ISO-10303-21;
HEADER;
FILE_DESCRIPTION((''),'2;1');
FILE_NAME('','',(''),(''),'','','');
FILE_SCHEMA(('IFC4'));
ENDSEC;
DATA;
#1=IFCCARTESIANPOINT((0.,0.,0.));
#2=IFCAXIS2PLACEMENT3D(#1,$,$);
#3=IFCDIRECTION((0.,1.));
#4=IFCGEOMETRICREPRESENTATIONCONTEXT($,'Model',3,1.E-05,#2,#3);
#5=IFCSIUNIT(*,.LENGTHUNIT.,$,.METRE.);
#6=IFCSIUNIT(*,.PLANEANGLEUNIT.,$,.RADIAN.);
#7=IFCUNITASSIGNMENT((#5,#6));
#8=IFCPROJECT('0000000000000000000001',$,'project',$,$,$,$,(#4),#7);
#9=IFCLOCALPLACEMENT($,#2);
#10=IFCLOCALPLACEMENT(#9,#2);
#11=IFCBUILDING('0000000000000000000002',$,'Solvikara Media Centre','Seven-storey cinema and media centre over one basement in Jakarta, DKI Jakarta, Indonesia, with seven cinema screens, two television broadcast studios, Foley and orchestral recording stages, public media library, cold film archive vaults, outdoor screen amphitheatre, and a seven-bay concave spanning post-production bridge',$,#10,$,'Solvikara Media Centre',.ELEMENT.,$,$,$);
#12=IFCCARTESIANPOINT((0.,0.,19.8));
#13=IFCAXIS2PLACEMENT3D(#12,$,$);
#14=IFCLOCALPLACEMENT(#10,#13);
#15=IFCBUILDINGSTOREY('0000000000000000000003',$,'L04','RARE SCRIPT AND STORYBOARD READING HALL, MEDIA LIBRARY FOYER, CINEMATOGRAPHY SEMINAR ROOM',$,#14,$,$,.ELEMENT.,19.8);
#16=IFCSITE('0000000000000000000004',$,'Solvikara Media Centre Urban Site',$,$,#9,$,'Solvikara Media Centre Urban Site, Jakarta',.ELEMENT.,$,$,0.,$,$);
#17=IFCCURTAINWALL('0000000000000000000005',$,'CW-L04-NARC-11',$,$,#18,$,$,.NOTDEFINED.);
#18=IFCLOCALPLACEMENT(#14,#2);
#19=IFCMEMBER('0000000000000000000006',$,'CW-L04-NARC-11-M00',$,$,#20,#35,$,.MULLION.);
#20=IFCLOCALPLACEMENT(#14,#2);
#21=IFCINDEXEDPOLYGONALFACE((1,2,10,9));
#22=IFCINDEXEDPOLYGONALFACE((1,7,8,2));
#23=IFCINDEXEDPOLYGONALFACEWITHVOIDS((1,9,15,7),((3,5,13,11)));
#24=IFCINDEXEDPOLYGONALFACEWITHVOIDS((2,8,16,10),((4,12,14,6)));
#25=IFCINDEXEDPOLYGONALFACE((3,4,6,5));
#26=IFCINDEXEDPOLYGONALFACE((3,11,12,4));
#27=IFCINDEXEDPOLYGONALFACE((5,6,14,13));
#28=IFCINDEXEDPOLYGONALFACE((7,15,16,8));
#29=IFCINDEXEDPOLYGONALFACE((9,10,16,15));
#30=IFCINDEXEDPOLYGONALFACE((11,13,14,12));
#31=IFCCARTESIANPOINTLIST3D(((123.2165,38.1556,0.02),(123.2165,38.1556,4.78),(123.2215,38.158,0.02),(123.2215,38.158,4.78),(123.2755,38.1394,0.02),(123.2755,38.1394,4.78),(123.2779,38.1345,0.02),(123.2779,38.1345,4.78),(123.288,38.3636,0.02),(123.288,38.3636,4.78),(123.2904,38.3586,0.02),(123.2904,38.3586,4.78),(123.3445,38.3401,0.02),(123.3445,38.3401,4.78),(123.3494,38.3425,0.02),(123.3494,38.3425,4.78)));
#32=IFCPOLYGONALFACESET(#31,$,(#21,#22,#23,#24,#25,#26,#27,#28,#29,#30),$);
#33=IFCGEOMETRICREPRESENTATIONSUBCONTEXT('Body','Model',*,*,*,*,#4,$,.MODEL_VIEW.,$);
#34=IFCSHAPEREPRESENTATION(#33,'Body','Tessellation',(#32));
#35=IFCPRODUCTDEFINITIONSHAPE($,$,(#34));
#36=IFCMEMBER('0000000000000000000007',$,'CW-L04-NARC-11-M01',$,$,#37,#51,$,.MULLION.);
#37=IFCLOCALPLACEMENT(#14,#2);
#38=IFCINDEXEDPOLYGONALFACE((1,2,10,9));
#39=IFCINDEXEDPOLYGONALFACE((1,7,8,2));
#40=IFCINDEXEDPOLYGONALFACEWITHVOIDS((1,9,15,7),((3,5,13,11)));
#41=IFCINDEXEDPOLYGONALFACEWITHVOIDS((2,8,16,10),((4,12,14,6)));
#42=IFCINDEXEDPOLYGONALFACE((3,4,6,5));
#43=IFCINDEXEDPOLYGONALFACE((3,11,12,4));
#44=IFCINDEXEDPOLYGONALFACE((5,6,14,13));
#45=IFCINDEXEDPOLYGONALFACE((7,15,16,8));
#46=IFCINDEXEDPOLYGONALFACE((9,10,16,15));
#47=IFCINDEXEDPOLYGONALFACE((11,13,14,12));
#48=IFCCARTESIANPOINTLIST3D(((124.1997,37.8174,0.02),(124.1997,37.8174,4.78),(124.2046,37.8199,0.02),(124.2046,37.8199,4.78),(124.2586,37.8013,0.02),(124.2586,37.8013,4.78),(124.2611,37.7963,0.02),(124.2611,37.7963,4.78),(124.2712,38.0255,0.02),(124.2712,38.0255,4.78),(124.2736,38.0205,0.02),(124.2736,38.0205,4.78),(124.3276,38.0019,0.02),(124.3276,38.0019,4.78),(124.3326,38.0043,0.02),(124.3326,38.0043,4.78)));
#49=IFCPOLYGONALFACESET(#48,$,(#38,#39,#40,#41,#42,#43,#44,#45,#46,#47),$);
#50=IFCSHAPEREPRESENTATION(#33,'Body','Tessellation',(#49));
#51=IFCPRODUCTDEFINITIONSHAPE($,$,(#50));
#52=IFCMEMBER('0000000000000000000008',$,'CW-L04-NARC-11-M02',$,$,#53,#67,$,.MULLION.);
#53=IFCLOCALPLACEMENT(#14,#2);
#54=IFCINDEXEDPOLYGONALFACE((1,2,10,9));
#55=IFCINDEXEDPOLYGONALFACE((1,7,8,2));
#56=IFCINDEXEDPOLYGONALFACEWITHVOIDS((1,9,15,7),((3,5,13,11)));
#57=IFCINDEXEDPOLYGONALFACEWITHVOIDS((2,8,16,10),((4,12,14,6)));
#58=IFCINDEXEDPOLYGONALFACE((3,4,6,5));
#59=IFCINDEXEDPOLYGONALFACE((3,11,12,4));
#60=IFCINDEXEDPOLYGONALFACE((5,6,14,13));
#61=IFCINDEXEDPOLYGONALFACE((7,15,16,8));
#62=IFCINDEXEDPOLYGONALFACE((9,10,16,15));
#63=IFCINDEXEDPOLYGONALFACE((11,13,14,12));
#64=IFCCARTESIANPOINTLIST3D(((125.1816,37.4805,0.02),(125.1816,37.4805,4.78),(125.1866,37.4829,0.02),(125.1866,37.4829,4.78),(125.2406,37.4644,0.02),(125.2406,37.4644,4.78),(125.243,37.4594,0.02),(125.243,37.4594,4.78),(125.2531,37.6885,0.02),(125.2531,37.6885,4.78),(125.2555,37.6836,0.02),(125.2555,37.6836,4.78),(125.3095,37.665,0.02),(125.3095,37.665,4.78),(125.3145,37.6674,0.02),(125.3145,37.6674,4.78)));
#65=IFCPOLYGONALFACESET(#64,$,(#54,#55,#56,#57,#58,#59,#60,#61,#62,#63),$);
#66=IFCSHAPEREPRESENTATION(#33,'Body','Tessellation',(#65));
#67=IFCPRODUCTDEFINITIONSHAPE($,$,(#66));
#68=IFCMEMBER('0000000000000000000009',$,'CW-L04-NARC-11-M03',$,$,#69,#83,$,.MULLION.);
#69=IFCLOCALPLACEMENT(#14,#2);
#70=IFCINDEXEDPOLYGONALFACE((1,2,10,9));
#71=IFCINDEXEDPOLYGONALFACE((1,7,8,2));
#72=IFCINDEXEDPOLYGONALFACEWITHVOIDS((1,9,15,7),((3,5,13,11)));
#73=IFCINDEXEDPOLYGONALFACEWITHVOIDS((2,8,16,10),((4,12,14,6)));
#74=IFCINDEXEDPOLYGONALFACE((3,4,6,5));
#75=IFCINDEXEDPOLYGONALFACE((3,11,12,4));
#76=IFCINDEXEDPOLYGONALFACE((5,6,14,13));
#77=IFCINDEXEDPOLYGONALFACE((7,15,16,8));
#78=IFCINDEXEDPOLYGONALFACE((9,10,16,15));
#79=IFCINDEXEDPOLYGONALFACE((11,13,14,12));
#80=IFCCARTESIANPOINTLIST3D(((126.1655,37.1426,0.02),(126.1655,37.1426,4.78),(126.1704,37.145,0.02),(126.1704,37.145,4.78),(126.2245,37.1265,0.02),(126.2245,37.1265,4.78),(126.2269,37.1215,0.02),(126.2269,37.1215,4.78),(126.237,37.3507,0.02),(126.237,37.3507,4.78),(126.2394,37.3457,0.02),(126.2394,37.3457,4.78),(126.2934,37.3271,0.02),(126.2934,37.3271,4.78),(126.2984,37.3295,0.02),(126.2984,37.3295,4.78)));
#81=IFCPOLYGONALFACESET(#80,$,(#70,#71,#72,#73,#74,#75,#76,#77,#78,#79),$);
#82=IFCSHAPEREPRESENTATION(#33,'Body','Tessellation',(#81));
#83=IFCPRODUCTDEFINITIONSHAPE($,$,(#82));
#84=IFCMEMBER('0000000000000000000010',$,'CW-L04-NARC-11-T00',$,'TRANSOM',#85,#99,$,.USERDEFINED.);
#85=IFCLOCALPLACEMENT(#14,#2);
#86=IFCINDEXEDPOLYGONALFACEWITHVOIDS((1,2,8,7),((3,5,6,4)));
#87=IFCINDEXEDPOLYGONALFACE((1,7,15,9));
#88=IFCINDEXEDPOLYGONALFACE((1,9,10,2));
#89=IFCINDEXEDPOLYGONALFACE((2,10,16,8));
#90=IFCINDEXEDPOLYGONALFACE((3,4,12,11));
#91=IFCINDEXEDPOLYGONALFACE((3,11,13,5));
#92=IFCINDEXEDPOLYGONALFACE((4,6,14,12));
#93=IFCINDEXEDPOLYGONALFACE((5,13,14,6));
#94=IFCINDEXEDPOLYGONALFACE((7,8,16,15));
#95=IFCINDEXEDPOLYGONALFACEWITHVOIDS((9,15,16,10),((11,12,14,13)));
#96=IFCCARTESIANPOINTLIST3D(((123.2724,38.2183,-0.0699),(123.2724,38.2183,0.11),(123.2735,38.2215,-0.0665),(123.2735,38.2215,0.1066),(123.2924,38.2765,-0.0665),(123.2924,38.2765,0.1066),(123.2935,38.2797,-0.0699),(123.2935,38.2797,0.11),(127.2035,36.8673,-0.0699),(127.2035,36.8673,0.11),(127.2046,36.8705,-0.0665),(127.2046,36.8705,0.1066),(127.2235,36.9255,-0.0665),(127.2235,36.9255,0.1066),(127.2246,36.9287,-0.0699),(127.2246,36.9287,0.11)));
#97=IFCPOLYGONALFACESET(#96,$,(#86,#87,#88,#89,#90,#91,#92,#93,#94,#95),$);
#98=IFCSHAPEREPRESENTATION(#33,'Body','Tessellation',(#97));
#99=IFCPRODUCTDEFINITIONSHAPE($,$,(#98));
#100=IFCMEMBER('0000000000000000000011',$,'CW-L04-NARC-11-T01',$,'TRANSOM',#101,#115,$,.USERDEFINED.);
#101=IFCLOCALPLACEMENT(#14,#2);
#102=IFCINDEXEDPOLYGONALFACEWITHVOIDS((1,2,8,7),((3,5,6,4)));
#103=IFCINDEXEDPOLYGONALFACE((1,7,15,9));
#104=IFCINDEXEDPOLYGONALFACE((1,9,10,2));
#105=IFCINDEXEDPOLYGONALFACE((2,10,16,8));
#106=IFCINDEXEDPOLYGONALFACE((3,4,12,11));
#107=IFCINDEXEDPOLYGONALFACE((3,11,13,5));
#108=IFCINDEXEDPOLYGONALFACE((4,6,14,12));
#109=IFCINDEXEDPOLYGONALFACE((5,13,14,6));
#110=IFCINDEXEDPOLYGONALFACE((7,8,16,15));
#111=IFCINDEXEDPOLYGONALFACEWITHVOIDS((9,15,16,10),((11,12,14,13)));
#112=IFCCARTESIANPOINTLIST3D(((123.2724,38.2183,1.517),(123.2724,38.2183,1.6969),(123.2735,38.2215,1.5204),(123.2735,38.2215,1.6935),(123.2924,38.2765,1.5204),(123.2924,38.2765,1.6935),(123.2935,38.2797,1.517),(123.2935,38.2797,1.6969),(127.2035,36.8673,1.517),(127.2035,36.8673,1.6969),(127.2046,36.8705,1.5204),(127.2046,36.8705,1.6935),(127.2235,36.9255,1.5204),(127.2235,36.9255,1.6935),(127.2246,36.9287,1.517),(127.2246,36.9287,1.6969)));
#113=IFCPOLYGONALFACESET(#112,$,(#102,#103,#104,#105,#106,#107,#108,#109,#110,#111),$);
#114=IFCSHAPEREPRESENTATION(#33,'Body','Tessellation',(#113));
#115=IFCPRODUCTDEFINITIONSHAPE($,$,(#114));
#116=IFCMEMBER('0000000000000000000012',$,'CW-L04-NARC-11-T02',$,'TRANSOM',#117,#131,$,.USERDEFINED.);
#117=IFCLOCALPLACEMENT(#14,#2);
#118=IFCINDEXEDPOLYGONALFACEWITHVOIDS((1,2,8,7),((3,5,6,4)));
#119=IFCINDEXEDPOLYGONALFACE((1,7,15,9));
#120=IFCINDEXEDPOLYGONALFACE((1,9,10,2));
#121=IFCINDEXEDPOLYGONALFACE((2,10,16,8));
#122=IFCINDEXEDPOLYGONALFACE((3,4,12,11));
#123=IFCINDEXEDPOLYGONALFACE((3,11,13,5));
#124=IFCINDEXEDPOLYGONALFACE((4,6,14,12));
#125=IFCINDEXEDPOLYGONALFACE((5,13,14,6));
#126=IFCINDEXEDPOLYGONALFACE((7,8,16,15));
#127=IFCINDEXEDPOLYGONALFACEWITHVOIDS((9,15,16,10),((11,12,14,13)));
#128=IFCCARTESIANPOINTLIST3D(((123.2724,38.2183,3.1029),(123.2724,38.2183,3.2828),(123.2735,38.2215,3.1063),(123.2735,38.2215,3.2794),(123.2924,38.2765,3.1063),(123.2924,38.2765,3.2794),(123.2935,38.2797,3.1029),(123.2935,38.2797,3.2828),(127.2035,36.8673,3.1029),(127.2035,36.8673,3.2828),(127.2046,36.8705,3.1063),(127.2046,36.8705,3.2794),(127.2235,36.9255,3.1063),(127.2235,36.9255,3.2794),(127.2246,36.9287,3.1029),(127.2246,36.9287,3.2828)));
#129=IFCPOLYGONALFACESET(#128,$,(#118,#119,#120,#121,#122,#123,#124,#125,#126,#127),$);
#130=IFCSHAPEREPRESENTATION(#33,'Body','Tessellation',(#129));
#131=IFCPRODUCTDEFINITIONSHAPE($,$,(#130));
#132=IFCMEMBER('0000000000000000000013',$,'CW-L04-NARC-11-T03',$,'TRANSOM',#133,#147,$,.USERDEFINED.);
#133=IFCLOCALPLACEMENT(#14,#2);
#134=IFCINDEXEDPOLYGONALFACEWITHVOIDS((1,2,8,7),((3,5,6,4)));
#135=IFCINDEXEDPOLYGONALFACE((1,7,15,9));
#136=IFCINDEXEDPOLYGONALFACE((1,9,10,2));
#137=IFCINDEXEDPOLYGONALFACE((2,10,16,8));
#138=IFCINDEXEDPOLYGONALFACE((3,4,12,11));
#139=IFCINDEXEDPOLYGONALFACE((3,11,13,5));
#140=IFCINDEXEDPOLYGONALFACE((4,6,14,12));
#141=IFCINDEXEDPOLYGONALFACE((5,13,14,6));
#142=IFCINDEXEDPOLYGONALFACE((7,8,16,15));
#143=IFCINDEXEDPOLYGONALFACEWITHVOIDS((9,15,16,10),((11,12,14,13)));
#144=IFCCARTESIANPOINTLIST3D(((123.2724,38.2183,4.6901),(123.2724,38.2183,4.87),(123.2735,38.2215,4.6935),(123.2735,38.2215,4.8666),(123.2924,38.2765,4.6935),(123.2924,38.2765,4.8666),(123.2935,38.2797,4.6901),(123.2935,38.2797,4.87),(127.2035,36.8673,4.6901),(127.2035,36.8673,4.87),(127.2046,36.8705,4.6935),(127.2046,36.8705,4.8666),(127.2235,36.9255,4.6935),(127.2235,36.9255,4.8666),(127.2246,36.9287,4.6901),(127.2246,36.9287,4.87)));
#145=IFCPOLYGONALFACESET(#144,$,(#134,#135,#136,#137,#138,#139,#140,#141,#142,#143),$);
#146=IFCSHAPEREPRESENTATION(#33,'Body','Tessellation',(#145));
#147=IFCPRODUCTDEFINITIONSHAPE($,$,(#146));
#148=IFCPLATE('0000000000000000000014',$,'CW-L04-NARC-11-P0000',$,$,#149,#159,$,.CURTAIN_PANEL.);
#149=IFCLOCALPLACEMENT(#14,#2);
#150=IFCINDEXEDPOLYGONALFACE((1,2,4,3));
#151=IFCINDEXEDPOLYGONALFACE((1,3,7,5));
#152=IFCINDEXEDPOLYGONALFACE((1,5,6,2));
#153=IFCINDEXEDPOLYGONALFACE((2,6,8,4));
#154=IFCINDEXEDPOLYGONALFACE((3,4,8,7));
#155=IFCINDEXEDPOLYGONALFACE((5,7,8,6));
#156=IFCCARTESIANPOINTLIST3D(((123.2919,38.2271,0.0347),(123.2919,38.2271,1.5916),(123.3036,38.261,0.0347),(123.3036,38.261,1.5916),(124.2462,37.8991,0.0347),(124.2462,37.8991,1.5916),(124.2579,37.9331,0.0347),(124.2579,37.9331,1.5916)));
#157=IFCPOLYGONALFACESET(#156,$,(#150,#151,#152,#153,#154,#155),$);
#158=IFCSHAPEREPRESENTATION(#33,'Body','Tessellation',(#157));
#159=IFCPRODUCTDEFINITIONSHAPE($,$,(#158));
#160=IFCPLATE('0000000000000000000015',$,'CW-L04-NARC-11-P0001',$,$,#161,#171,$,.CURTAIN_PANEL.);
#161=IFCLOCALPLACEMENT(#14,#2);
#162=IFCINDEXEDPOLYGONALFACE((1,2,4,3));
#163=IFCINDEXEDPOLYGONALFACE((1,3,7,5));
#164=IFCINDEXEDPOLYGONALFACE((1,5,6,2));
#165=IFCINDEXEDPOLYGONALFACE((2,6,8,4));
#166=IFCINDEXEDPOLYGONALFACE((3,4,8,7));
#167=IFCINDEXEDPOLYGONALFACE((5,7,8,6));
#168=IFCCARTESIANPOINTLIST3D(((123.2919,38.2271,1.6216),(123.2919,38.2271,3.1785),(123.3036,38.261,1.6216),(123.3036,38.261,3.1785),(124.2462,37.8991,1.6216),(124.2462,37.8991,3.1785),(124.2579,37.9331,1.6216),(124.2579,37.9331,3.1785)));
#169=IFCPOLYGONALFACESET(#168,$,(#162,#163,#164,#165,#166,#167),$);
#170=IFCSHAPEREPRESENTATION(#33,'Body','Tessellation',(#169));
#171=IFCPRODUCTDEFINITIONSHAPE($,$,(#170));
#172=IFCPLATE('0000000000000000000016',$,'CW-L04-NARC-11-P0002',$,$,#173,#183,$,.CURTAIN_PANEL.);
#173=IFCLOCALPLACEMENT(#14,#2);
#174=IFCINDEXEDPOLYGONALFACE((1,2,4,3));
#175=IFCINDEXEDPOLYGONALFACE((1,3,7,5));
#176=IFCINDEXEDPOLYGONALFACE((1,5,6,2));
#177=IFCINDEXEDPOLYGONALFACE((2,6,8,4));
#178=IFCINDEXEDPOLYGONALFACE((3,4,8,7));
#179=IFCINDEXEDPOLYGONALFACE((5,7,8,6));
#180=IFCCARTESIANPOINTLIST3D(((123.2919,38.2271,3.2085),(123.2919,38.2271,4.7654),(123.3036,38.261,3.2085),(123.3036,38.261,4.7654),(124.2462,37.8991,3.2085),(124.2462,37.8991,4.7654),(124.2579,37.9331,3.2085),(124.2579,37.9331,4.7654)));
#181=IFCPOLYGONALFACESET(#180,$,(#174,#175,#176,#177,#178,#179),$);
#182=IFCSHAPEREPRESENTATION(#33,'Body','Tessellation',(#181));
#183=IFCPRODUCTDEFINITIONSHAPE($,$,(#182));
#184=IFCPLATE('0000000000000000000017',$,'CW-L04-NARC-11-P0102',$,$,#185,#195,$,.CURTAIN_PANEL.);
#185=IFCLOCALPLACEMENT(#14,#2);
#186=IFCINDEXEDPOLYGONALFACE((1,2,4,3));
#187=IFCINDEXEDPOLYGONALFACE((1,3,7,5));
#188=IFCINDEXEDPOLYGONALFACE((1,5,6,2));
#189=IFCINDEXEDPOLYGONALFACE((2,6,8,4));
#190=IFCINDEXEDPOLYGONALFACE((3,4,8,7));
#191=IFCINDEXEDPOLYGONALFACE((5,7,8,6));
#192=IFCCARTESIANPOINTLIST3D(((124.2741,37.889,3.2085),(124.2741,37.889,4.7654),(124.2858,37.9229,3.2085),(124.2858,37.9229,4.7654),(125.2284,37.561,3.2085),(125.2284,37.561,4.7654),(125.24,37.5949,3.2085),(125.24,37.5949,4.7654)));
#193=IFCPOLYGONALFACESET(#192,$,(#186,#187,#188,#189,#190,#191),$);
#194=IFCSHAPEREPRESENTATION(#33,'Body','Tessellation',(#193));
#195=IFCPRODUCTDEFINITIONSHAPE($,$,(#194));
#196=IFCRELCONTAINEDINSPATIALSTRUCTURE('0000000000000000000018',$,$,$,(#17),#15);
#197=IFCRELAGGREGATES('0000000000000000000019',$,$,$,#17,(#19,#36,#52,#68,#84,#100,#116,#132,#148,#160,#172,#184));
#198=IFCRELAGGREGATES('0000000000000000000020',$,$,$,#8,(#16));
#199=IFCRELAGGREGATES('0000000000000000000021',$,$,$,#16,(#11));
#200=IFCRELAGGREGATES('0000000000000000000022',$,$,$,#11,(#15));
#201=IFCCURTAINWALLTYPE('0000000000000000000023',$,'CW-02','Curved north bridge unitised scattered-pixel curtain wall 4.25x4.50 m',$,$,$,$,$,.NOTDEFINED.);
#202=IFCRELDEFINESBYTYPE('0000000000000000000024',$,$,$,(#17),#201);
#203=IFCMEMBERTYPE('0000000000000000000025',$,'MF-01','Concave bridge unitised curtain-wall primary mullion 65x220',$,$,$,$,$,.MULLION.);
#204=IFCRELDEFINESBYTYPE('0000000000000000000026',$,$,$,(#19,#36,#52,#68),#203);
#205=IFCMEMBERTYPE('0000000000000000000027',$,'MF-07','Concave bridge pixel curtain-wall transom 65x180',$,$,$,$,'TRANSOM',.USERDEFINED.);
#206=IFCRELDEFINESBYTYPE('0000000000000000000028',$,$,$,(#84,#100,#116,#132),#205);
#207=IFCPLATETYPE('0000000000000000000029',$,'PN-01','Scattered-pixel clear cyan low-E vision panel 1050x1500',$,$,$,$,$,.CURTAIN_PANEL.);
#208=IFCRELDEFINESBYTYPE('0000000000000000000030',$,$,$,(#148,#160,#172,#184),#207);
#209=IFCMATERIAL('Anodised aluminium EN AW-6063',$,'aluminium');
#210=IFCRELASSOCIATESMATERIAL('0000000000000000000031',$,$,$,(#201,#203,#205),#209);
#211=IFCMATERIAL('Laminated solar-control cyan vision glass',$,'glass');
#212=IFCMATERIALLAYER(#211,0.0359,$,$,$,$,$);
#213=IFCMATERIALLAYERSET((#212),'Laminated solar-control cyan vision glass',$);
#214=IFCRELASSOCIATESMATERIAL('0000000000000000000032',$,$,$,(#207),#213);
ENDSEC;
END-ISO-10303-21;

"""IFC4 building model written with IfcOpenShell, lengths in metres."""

from ifc_helpers import new_model, si_unit, direction, frame, origin, origin_2d, place, context, subcontext, project, spatial, rectangle, hollow_rectangle, extrude, material, layer, layer_set, material_profile, profile_set, type_object, element, aggregate, save


model = new_model("IFC4")

# Units and contexts
model_context = context("Model", 3, precision=1e-05, world=origin(), true_north=direction((0.0, 1.0)))
body_context = subcontext(model_context, "Body", "Model", "MODEL_VIEW")
ifc_project = project(units=[si_unit("LENGTHUNIT", "METRE"), si_unit("PLANEANGLEUNIT", "RADIAN")], contexts=[model_context])

# Site, building, storey
site_placement = place(None, origin())
site = spatial("IfcSite", under=ifc_project, at=site_placement, Name="Solvikara Media Centre Urban Site", LongName="Solvikara Media Centre Urban Site, Jakarta", CompositionType="ELEMENT", RefElevation=0.0)
building_placement = place(site_placement, origin())
building = spatial("IfcBuilding", under=site, at=building_placement, Name="Solvikara Media Centre", Description="Seven-storey cinema and media centre over one basement in Jakarta, DKI Jakarta, Indonesia, with seven cinema screens, two television broadcast studios, Foley and orchestral recording stages, public media library, cold film archive vaults, outdoor screen amphitheatre, and a seven-bay concave spanning post-production bridge", LongName="Solvikara Media Centre", CompositionType="ELEMENT")
storey_placement = place(building_placement, frame((0.0, 0.0, 19.8)))
storey = spatial("IfcBuildingStorey", under=building, at=storey_placement, Name="L04", Description="RARE SCRIPT AND STORYBOARD READING HALL, MEDIA LIBRARY FOYER, CINEMATOGRAPHY SEMINAR ROOM", CompositionType="ELEMENT", Elevation=19.8)

# Curtain wall, members, plates
ifc_material_1 = material(Name="Anodised aluminium EN AW-6063", Category="aluminium")
curtain_wall_type = type_object("IfcCurtainWallType", Name="CW-02", Description="Curved north bridge unitised scattered-pixel curtain wall 4.25x4.50 m", PredefinedType="NOTDEFINED", material=ifc_material_1)
curtain_wall_placement = place(storey_placement, origin())
curtain_wall = element("IfcCurtainWall", 1, at=curtain_wall_placement, inside=storey, type_object=curtain_wall_type, Name="CW-L04-NARC-11", PredefinedType="NOTDEFINED")
ifc_material_profile_1 = material_profile(ifc_material_1, hollow_rectangle(XDim=0.0649, YDim=0.22, WallThickness=0.0039, at=origin_2d()), Name="ALU-M 65x220x4")
ifc_profile_set_1 = profile_set([ifc_material_profile_1], Name="Anodised aluminium EN AW-6063")
member_type_1 = type_object("IfcMemberType", Name="MF-01", Description="Concave bridge unitised curtain-wall primary mullion 65x220", PredefinedType="MULLION", material=ifc_profile_set_1)
member_1_placement = place(storey_placement, frame((123.283, 38.249, 0.02), z_axis=(0.0, 0.0, 1.0), x_axis=(0.945706, -0.325024, 0.0)))
member_1 = element("IfcMember", 2, at=member_1_placement, type_object=member_type_1, Name="CW-L04-NARC-11-M00", PredefinedType="MULLION", context=body_context, shape_type="SweptSolid", body=[
    extrude(hollow_rectangle(XDim=0.0649, YDim=0.22, WallThickness=0.0039, at=origin_2d()), origin(), (0.0, 0.0, 1.0), 4.76),
])
member_2_placement = place(storey_placement, frame((124.2661, 37.9109, 0.02), z_axis=(0.0, 0.0, 1.0), x_axis=(0.945706, -0.325024, 0.0)))
member_2 = element("IfcMember", 3, at=member_2_placement, type_object=member_type_1, Name="CW-L04-NARC-11-M01", PredefinedType="MULLION", context=body_context, shape_type="SweptSolid", body=[
    extrude(hollow_rectangle(XDim=0.0649, YDim=0.22, WallThickness=0.0039, at=origin_2d()), origin(), (0.0, 0.0, 1.0), 4.76),
])
member_3_placement = place(storey_placement, frame((125.248, 37.574, 0.02), z_axis=(0.0, 0.0, 1.0), x_axis=(0.945706, -0.325024, 0.0)))
member_3 = element("IfcMember", 4, at=member_3_placement, type_object=member_type_1, Name="CW-L04-NARC-11-M02", PredefinedType="MULLION", context=body_context, shape_type="SweptSolid", body=[
    extrude(hollow_rectangle(XDim=0.0649, YDim=0.22, WallThickness=0.0039, at=origin_2d()), origin(), (0.0, 0.0, 1.0), 4.76),
])
member_4_placement = place(storey_placement, frame((126.2319, 37.2361, 0.02), z_axis=(0.0, 0.0, 1.0), x_axis=(0.945706, -0.325024, 0.0)))
member_4 = element("IfcMember", 5, at=member_4_placement, type_object=member_type_1, Name="CW-L04-NARC-11-M03", PredefinedType="MULLION", context=body_context, shape_type="SweptSolid", body=[
    extrude(hollow_rectangle(XDim=0.0649, YDim=0.22, WallThickness=0.0039, at=origin_2d()), origin(), (0.0, 0.0, 1.0), 4.76),
])
ifc_material_profile_2 = material_profile(ifc_material_1, hollow_rectangle(XDim=0.0649, YDim=0.1799, WallThickness=0.0034, at=origin_2d()), Name="ALU-T 65x180x3.5")
ifc_profile_set_2 = profile_set([ifc_material_profile_2], Name="Anodised aluminium EN AW-6063")
member_type_2 = type_object("IfcMemberType", Name="MF-07", Description="Concave bridge pixel curtain-wall transom 65x180", ElementType="TRANSOM", PredefinedType="USERDEFINED", material=ifc_profile_set_2)
member_5_placement = place(storey_placement, frame((123.283, 38.249, 0.02), z_axis=(0.945706, -0.325024, 0.0), x_axis=(0.325024, 0.945706, 0.0)))
member_5 = element("IfcMember", 6, at=member_5_placement, type_object=member_type_2, Name="CW-L04-NARC-11-T00", ObjectType="TRANSOM", PredefinedType="USERDEFINED", context=body_context, shape_type="SweptSolid", body=[
    extrude(hollow_rectangle(XDim=0.0649, YDim=0.1799, WallThickness=0.0034, at=origin_2d()), origin(), (0.0, 0.0, 1.0), 4.1567),
])
member_6_placement = place(storey_placement, frame((123.283, 38.249, 1.6069), z_axis=(0.945706, -0.325024, 0.0), x_axis=(0.325024, 0.945706, 0.0)))
member_6 = element("IfcMember", 7, at=member_6_placement, type_object=member_type_2, Name="CW-L04-NARC-11-T01", ObjectType="TRANSOM", PredefinedType="USERDEFINED", context=body_context, shape_type="SweptSolid", body=[
    extrude(hollow_rectangle(XDim=0.0649, YDim=0.1799, WallThickness=0.0034, at=origin_2d()), origin(), (0.0, 0.0, 1.0), 4.1567),
])
member_7_placement = place(storey_placement, frame((123.283, 38.249, 3.1929), z_axis=(0.945706, -0.325024, 0.0), x_axis=(0.325024, 0.945706, 0.0)))
member_7 = element("IfcMember", 8, at=member_7_placement, type_object=member_type_2, Name="CW-L04-NARC-11-T02", ObjectType="TRANSOM", PredefinedType="USERDEFINED", context=body_context, shape_type="SweptSolid", body=[
    extrude(hollow_rectangle(XDim=0.0649, YDim=0.1799, WallThickness=0.0034, at=origin_2d()), origin(), (0.0, 0.0, 1.0), 4.1567),
])
member_8_placement = place(storey_placement, frame((123.283, 38.249, 4.78), z_axis=(0.945706, -0.325024, 0.0), x_axis=(0.325024, 0.945706, 0.0)))
member_8 = element("IfcMember", 9, at=member_8_placement, type_object=member_type_2, Name="CW-L04-NARC-11-T03", ObjectType="TRANSOM", PredefinedType="USERDEFINED", context=body_context, shape_type="SweptSolid", body=[
    extrude(hollow_rectangle(XDim=0.0649, YDim=0.1799, WallThickness=0.0034, at=origin_2d()), origin(), (0.0, 0.0, 1.0), 4.1567),
])
ifc_material_2 = material(Name="Laminated solar-control cyan vision glass", Category="glass")
ifc_layer_1 = layer(ifc_material_2, 0.0359)
ifc_layer_set_1 = layer_set([ifc_layer_1], Name="Laminated solar-control cyan vision glass")
plate_type_1 = type_object("IfcPlateType", Name="PN-01", Description="Scattered-pixel clear cyan low-E vision panel 1050x1500", PredefinedType="CURTAIN_PANEL", material=ifc_layer_set_1)
plate_1_placement = place(storey_placement, frame((123.7749, 38.0801, 0.0347), z_axis=(0.0, 0.0, 1.0), x_axis=(0.945706, -0.325024, 0.0)))
plate_1 = element("IfcPlate", 10, at=plate_1_placement, type_object=plate_type_1, Name="CW-L04-NARC-11-P0000", PredefinedType="CURTAIN_PANEL", context=body_context, shape_type="SweptSolid", body=[
    extrude(rectangle(XDim=1.009, YDim=0.0359, at=origin_2d()), origin(), (0.0, 0.0, 1.0), 1.5569),
])
plate_2_placement = place(storey_placement, frame((123.7749, 38.0801, 1.6216), z_axis=(0.0, 0.0, 1.0), x_axis=(0.945706, -0.325024, 0.0)))
plate_2 = element("IfcPlate", 11, at=plate_2_placement, type_object=plate_type_1, Name="CW-L04-NARC-11-P0001", PredefinedType="CURTAIN_PANEL", context=body_context, shape_type="SweptSolid", body=[
    extrude(rectangle(XDim=1.009, YDim=0.0359, at=origin_2d()), origin(), (0.0, 0.0, 1.0), 1.5569),
])
plate_3_placement = place(storey_placement, frame((123.7749, 38.0801, 3.2085), z_axis=(0.0, 0.0, 1.0), x_axis=(0.945706, -0.325024, 0.0)))
plate_3 = element("IfcPlate", 12, at=plate_3_placement, type_object=plate_type_1, Name="CW-L04-NARC-11-P0002", PredefinedType="CURTAIN_PANEL", context=body_context, shape_type="SweptSolid", body=[
    extrude(rectangle(XDim=1.009, YDim=0.0359, at=origin_2d()), origin(), (0.0, 0.0, 1.0), 1.5569),
])
plate_4_placement = place(storey_placement, frame((124.7571, 37.7419, 3.2085), z_axis=(0.0, 0.0, 1.0), x_axis=(0.945706, -0.325024, 0.0)))
plate_4 = element("IfcPlate", 13, at=plate_4_placement, type_object=plate_type_1, Name="CW-L04-NARC-11-P0102", PredefinedType="CURTAIN_PANEL", context=body_context, shape_type="SweptSolid", body=[
    extrude(rectangle(XDim=1.009, YDim=0.0359, at=origin_2d()), origin(), (0.0, 0.0, 1.0), 1.5569),
])
aggregate(curtain_wall, [member_1, member_2, member_3, member_4, member_5, member_6, member_7, member_8, plate_1, plate_2, plate_3, plate_4])

save(model, "model.ifc")
